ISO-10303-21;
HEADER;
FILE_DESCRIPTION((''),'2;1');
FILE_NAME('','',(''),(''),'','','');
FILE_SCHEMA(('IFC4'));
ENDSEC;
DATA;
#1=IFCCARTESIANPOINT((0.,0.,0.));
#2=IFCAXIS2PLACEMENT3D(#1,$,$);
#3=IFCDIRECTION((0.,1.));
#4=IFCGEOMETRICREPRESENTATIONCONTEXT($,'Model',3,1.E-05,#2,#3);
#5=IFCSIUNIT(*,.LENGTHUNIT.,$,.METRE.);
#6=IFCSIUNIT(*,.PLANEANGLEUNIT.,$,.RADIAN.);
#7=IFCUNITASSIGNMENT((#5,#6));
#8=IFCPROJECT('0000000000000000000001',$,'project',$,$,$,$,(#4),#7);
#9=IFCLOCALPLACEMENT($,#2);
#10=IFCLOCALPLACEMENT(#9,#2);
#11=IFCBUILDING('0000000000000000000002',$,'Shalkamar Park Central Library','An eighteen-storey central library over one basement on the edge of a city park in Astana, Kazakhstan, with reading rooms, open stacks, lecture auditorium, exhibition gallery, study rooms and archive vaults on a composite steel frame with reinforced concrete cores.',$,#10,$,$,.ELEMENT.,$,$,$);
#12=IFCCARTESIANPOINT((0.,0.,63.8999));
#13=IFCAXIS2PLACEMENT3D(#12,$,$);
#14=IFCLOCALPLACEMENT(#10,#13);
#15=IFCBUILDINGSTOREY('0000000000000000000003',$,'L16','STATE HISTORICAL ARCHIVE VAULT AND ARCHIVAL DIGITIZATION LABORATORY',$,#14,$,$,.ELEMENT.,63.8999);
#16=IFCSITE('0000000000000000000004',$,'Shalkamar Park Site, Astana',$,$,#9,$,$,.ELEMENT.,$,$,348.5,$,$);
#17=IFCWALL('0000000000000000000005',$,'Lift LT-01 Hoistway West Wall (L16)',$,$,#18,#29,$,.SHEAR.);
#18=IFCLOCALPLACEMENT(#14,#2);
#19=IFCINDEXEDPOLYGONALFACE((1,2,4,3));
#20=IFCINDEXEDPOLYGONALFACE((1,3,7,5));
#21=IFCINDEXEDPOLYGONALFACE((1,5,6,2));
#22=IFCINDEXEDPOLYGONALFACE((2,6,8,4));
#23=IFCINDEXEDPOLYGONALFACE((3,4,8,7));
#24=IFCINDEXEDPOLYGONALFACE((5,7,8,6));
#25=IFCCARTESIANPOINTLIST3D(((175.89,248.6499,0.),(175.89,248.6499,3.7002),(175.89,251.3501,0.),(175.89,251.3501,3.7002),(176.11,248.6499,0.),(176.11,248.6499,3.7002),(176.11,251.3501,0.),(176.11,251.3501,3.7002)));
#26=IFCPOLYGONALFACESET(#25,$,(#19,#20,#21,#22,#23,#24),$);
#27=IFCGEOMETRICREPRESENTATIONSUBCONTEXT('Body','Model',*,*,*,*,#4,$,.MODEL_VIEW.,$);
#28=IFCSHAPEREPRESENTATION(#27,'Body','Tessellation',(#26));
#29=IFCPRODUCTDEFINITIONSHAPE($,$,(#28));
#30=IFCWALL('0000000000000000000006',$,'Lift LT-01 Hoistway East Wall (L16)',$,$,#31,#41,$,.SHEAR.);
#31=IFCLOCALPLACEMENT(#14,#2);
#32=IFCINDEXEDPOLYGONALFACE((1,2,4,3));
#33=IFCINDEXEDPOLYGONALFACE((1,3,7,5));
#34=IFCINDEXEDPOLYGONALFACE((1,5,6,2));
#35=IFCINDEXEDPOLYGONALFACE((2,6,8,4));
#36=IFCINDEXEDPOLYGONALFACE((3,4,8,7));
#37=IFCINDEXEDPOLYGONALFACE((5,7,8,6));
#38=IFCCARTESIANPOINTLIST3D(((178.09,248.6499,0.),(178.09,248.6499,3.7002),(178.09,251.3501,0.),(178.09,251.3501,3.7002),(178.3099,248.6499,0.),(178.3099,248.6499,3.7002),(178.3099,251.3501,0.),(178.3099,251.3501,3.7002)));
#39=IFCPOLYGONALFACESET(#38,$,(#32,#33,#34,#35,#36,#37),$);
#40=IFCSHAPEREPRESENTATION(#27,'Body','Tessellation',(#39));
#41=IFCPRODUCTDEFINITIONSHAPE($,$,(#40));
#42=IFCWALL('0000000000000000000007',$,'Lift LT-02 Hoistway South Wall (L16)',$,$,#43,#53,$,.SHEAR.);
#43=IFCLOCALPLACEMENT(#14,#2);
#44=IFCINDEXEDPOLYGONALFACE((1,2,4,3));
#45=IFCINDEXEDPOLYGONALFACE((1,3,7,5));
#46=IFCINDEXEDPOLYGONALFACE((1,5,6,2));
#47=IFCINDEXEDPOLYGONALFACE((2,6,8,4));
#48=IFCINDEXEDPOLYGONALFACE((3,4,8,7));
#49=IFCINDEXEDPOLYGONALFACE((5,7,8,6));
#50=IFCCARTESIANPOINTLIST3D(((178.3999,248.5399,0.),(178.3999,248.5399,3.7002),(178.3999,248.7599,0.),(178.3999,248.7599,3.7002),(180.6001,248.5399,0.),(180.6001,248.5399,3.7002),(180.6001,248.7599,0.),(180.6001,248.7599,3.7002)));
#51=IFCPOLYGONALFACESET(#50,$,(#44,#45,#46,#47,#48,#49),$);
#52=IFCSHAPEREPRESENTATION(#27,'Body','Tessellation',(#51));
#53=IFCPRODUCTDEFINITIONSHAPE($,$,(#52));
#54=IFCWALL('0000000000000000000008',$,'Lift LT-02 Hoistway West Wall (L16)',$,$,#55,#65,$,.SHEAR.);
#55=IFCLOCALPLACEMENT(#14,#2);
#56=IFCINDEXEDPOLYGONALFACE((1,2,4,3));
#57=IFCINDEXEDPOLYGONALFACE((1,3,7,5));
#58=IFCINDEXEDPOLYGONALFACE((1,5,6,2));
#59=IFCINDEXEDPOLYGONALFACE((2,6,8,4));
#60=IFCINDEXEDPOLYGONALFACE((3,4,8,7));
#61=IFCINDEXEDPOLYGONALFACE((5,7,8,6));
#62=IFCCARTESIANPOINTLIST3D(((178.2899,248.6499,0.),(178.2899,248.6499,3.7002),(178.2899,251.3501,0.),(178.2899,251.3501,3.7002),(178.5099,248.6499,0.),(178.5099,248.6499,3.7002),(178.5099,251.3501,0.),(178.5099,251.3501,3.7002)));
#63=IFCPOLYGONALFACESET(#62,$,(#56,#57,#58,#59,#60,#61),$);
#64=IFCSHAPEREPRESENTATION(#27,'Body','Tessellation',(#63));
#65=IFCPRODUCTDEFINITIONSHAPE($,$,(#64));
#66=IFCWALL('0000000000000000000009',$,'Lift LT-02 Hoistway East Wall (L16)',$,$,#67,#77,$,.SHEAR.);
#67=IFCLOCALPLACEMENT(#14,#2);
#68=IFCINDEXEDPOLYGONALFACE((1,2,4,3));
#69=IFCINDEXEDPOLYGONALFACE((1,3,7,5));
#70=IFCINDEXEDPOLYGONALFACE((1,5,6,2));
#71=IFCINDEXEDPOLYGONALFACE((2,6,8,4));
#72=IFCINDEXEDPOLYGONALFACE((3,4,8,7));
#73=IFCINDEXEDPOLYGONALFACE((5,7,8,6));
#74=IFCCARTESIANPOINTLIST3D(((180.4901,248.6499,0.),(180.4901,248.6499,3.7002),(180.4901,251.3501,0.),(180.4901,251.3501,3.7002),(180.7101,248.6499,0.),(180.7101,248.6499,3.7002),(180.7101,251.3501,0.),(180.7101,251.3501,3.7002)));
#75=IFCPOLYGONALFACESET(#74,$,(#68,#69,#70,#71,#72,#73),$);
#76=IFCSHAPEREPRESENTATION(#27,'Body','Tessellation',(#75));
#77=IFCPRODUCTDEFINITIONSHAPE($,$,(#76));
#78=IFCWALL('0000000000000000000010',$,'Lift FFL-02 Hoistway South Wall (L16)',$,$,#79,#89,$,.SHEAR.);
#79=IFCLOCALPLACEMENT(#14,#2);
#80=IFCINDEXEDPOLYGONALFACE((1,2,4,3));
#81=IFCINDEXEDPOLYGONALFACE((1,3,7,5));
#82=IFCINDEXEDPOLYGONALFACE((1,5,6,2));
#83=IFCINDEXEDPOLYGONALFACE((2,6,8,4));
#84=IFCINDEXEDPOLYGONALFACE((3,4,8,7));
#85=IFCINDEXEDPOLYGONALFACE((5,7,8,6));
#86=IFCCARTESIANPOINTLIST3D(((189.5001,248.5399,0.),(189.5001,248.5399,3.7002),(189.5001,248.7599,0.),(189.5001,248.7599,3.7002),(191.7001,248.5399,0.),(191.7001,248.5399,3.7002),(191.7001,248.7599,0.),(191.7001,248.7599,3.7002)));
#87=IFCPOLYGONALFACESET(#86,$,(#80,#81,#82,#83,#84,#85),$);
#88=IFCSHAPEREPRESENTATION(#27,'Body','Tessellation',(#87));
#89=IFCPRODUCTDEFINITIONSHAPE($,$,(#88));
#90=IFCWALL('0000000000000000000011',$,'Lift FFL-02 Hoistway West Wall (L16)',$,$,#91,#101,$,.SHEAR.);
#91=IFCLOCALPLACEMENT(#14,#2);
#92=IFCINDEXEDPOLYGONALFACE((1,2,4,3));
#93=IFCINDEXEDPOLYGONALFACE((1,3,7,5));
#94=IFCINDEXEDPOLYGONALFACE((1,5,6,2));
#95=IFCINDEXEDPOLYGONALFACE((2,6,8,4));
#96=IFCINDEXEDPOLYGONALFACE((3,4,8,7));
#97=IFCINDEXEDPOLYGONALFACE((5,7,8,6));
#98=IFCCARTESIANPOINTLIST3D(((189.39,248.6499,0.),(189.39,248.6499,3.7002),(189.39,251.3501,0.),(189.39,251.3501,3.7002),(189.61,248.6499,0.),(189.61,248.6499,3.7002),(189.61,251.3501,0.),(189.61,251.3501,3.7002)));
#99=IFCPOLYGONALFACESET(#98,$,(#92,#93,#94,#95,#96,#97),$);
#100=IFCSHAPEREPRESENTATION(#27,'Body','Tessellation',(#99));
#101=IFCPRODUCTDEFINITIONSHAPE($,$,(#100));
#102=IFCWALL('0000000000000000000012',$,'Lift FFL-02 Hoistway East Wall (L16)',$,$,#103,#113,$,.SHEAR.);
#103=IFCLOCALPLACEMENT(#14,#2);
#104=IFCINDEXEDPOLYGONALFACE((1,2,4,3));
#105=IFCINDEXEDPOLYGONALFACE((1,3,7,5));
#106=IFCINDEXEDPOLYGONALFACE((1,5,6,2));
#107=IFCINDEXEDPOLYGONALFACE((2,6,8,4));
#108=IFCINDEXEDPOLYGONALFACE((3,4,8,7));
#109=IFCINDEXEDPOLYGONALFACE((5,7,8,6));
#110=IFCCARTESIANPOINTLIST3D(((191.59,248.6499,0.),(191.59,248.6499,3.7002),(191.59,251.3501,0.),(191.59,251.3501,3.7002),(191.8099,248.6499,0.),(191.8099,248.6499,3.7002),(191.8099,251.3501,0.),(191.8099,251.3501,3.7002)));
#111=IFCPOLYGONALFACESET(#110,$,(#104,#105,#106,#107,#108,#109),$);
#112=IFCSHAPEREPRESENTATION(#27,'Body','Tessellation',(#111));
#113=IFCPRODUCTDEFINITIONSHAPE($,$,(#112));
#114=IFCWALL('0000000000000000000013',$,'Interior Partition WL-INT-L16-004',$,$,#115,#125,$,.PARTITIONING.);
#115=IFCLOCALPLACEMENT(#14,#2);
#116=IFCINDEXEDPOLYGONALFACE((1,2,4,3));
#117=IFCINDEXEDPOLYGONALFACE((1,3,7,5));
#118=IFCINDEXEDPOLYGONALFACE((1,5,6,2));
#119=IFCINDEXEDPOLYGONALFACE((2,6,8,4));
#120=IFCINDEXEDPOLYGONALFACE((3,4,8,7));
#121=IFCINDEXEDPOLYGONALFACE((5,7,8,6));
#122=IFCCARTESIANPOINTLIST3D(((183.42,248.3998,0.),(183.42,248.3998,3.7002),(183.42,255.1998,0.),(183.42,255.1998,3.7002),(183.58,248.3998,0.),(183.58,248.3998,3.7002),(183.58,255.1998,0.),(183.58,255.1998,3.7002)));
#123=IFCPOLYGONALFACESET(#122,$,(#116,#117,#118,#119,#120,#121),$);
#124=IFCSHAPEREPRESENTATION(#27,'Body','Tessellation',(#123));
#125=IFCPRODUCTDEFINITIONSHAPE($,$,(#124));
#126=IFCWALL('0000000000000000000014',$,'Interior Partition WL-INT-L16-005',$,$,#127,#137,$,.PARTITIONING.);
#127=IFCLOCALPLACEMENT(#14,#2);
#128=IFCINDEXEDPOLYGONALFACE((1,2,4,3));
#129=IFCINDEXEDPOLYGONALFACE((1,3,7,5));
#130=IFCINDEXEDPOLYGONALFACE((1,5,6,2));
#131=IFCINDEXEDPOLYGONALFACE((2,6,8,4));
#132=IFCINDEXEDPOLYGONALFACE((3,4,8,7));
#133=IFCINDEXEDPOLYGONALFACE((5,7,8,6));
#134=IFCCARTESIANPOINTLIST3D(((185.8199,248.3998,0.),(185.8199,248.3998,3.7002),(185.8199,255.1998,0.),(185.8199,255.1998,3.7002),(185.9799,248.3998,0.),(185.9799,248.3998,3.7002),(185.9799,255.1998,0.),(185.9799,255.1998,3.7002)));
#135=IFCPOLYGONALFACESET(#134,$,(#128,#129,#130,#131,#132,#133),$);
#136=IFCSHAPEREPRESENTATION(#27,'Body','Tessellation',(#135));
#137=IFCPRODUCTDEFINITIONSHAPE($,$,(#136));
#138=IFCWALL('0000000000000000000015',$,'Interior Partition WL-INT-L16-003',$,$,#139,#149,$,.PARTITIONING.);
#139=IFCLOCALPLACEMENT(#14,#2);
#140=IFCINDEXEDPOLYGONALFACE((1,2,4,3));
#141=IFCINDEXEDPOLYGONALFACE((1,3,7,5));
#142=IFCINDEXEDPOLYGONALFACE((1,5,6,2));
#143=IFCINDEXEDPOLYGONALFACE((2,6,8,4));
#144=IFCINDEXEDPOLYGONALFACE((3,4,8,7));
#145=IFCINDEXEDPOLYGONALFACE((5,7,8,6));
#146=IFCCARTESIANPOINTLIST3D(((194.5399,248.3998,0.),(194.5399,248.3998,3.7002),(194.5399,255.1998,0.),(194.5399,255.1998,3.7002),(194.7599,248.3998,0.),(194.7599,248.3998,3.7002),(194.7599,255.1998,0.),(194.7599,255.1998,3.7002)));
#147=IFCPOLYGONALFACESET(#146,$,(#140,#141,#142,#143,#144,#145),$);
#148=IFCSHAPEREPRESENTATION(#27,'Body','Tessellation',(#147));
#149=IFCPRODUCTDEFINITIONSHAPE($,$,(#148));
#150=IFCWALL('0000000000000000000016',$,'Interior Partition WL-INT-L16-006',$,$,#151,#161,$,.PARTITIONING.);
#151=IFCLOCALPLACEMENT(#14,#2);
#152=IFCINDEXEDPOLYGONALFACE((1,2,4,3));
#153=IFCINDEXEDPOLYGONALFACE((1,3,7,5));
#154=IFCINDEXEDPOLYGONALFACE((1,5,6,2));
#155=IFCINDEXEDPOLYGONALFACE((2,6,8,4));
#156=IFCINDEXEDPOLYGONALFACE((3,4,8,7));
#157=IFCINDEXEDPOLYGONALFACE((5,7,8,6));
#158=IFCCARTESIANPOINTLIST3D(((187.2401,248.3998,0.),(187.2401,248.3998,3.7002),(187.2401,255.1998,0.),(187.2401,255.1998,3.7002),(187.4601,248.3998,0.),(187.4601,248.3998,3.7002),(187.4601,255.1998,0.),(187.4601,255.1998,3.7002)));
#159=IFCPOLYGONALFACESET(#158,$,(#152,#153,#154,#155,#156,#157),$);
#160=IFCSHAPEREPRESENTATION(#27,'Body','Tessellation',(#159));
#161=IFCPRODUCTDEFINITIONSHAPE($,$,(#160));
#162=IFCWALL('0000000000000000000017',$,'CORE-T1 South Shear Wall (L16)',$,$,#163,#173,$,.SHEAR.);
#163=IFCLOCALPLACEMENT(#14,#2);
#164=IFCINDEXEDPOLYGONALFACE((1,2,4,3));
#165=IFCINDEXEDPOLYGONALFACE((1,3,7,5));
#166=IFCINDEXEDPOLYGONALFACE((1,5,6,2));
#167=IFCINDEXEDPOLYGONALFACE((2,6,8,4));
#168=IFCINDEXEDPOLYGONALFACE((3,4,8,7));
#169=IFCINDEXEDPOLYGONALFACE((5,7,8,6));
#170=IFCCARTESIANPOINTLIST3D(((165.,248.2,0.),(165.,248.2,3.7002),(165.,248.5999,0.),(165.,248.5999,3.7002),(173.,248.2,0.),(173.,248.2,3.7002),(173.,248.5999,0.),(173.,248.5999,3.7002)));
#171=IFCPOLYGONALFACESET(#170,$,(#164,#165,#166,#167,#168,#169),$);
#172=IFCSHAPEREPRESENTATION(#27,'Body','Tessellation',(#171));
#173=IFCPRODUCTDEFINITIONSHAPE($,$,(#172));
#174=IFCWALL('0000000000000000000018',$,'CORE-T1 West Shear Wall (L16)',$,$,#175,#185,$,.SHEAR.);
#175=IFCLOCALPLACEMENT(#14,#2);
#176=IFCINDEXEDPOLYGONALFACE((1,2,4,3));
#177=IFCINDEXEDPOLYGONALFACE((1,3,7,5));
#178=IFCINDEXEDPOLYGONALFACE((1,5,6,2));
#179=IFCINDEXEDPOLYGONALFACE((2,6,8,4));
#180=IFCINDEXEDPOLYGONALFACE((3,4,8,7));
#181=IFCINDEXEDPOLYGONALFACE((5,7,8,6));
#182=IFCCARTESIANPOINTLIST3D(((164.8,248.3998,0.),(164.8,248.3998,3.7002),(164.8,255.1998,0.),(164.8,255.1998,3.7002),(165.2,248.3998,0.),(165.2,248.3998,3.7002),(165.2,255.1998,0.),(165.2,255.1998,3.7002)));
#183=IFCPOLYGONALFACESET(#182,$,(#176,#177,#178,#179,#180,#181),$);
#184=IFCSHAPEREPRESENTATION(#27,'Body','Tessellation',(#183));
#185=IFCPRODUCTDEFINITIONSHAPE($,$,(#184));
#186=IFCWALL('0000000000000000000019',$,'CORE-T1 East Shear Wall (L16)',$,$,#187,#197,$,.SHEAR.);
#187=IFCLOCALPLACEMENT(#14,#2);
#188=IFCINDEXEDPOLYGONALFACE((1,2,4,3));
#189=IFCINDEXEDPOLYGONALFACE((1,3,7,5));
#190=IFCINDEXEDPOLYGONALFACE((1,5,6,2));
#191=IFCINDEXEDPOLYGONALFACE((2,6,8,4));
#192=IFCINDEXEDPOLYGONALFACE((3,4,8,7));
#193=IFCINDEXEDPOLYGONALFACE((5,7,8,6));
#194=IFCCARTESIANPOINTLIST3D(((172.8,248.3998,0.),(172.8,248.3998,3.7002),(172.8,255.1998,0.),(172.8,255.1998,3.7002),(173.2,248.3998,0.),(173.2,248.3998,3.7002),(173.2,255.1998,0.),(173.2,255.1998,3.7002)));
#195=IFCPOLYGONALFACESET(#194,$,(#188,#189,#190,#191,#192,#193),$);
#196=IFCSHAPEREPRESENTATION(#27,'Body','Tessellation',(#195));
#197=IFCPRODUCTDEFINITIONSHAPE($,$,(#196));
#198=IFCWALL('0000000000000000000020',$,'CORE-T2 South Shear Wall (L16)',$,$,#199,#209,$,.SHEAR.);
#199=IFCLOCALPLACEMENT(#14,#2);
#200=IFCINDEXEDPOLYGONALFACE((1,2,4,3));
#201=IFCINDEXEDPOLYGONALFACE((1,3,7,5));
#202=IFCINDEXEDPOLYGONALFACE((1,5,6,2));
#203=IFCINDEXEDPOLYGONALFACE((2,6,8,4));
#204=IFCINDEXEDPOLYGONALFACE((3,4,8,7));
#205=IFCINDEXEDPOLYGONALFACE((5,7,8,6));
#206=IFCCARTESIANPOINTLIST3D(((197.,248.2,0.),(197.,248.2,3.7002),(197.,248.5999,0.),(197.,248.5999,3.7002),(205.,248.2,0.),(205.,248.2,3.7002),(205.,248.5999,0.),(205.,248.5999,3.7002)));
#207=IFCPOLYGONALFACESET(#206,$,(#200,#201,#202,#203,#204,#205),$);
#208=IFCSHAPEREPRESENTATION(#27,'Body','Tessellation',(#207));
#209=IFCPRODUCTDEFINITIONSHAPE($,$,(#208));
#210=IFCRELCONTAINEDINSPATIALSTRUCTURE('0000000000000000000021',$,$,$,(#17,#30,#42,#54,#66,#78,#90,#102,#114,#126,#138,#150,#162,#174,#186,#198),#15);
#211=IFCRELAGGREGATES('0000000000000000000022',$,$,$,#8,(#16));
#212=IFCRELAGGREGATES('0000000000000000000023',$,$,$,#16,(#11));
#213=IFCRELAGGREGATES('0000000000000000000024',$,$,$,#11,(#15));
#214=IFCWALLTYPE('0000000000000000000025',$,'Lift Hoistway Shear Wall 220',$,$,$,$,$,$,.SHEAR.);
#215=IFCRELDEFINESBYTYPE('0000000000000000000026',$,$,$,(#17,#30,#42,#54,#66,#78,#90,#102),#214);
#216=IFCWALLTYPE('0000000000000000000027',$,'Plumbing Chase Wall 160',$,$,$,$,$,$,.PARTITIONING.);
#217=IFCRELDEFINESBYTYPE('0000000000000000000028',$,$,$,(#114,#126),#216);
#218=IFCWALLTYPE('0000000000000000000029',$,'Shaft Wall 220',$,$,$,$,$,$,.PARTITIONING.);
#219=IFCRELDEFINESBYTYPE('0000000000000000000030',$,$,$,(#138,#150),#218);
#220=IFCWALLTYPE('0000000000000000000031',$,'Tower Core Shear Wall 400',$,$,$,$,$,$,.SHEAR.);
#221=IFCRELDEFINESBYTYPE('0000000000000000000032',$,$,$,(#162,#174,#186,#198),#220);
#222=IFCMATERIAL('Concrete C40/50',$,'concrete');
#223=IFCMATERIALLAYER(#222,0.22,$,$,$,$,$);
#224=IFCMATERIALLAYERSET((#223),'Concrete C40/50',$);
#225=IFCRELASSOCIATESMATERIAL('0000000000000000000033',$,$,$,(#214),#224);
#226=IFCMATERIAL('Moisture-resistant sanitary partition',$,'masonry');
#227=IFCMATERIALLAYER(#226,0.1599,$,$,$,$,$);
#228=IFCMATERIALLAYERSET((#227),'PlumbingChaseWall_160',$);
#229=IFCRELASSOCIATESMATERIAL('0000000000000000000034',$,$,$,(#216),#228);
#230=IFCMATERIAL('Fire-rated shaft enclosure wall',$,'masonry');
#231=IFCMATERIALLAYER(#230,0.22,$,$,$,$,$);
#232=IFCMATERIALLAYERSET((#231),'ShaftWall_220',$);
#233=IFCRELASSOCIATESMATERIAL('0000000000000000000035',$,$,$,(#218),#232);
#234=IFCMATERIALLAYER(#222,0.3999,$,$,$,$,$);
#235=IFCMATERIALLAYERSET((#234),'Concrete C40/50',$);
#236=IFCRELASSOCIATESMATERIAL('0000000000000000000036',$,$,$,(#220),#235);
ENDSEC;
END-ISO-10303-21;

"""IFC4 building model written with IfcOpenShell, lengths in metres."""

from ifc_helpers import new_model, si_unit, direction, frame, frame_2d, origin, place, context, subcontext, project, spatial, rectangle, extrude, material, layer, layer_set, type_object, element, save


model = new_model("IFC4")

# Units and contexts
model_context = context("Model", 3, precision=1e-05, world=origin(), true_north=direction((0.0, 1.0)))
body_context = subcontext(model_context, "Body", "Model", "MODEL_VIEW")
ifc_project = project(units=[si_unit("LENGTHUNIT", "METRE"), si_unit("PLANEANGLEUNIT", "RADIAN")], contexts=[model_context])

# Site, building, storey
site_placement = place(None, origin())
site = spatial("IfcSite", under=ifc_project, at=site_placement, Name="Shalkamar Park Site, Astana", CompositionType="ELEMENT", RefElevation=348.5)
building_placement = place(site_placement, origin())
building = spatial("IfcBuilding", under=site, at=building_placement, Name="Shalkamar Park Central Library", Description="An eighteen-storey central library over one basement on the edge of a city park in Astana, Kazakhstan, with reading rooms, open stacks, lecture auditorium, exhibition gallery, study rooms and archive vaults on a composite steel frame with reinforced concrete cores.", CompositionType="ELEMENT")
storey_placement = place(building_placement, frame((0.0, 0.0, 63.8999)))
storey = spatial("IfcBuildingStorey", under=building, at=storey_placement, Name="L16", Description="STATE HISTORICAL ARCHIVE VAULT AND ARCHIVAL DIGITIZATION LABORATORY", CompositionType="ELEMENT", Elevation=63.8999)

# Walls
ifc_material_1 = material(Name="Concrete C40/50", Category="concrete")
ifc_layer_1 = layer(ifc_material_1, 0.22)
ifc_layer_set_1 = layer_set([ifc_layer_1], Name="Concrete C40/50")
wall_type_1 = type_object("IfcWallType", Name="Lift Hoistway Shear Wall 220", PredefinedType="SHEAR", material=ifc_layer_set_1)
for number, where, z_axis, x_axis, name in (
    (1, (176.0, 248.6499, 0.0), (0.0, 0.0, 1.0), (0.0, 1.0, 0.0), "Lift LT-01 Hoistway West Wall (L16)"),
    (2, (178.2, 248.6499, 0.0), (0.0, 0.0, 1.0), (0.0, 1.0, 0.0), "Lift LT-01 Hoistway East Wall (L16)"),
):
    element("IfcWall", number, at=place(storey_placement, frame(where, z_axis=z_axis, x_axis=x_axis)), inside=storey, type_object=wall_type_1, Name=name, PredefinedType="SHEAR", context=body_context, shape_type="SweptSolid", body=[
        extrude(rectangle(XDim=2.7002, YDim=0.22, at=frame_2d((1.3501, 0.0))), origin(), (0.0, 0.0, 1.0), 3.7002),
    ])
wall_1_placement = place(storey_placement, frame((178.3999, 248.6499, 0.0), z_axis=(0.0, 0.0, 1.0), x_axis=(1.0, 0.0, 0.0)))
element("IfcWall", 3, at=wall_1_placement, inside=storey, type_object=wall_type_1, Name="Lift LT-02 Hoistway South Wall (L16)", PredefinedType="SHEAR", context=body_context, shape_type="SweptSolid", body=[
    extrude(rectangle(XDim=2.2002, YDim=0.22, at=frame_2d((1.1001, 0.0))), origin(), (0.0, 0.0, 1.0), 3.7002),
])
for number, where, z_axis, x_axis, name in (
    (4, (178.3999, 248.6499, 0.0), (0.0, 0.0, 1.0), (0.0, 1.0, 0.0), "Lift LT-02 Hoistway West Wall (L16)"),
    (5, (180.6001, 248.6499, 0.0), (0.0, 0.0, 1.0), (0.0, 1.0, 0.0), "Lift LT-02 Hoistway East Wall (L16)"),
):
    element("IfcWall", number, at=place(storey_placement, frame(where, z_axis=z_axis, x_axis=x_axis)), inside=storey, type_object=wall_type_1, Name=name, PredefinedType="SHEAR", context=body_context, shape_type="SweptSolid", body=[
        extrude(rectangle(XDim=2.7002, YDim=0.22, at=frame_2d((1.3501, 0.0))), origin(), (0.0, 0.0, 1.0), 3.7002),
    ])
wall_2_placement = place(storey_placement, frame((189.5, 248.6499, 0.0), z_axis=(0.0, 0.0, 1.0), x_axis=(1.0, 0.0, 0.0)))
element("IfcWall", 6, at=wall_2_placement, inside=storey, type_object=wall_type_1, Name="Lift FFL-02 Hoistway South Wall (L16)", PredefinedType="SHEAR", context=body_context, shape_type="SweptSolid", body=[
    extrude(rectangle(XDim=2.2, YDim=0.22, at=frame_2d((1.1001, 0.0))), origin(), (0.0, 0.0, 1.0), 3.7002),
])
for number, where, z_axis, x_axis, name in (
    (7, (189.5, 248.6499, 0.0), (0.0, 0.0, 1.0), (0.0, 1.0, 0.0), "Lift FFL-02 Hoistway West Wall (L16)"),
    (8, (191.7, 248.6499, 0.0), (0.0, 0.0, 1.0), (0.0, 1.0, 0.0), "Lift FFL-02 Hoistway East Wall (L16)"),
):
    element("IfcWall", number, at=place(storey_placement, frame(where, z_axis=z_axis, x_axis=x_axis)), inside=storey, type_object=wall_type_1, Name=name, PredefinedType="SHEAR", context=body_context, shape_type="SweptSolid", body=[
        extrude(rectangle(XDim=2.7002, YDim=0.22, at=frame_2d((1.3501, 0.0))), origin(), (0.0, 0.0, 1.0), 3.7002),
    ])
ifc_material_2 = material(Name="Moisture-resistant sanitary partition", Category="masonry")
ifc_layer_2 = layer(ifc_material_2, 0.1599)
ifc_layer_set_2 = layer_set([ifc_layer_2], Name="PlumbingChaseWall_160")
wall_type_2 = type_object("IfcWallType", Name="Plumbing Chase Wall 160", PredefinedType="PARTITIONING", material=ifc_layer_set_2)
for number, where, z_axis, x_axis, name in (
    (9, (183.5, 248.3999, 0.0), (0.0, 0.0, 1.0), (0.0, 1.0, 0.0), "Interior Partition WL-INT-L16-004"),
    (10, (185.8999, 248.3999, 0.0), (0.0, 0.0, 1.0), (0.0, 1.0, 0.0), "Interior Partition WL-INT-L16-005"),
):
    element("IfcWall", number, at=place(storey_placement, frame(where, z_axis=z_axis, x_axis=x_axis)), inside=storey, type_object=wall_type_2, Name=name, PredefinedType="PARTITIONING", context=body_context, shape_type="SweptSolid", body=[
        extrude(rectangle(XDim=6.8, YDim=0.1599, at=frame_2d((3.3999, 0.0))), origin(), (0.0, 0.0, 1.0), 3.7002),
    ])
ifc_material_3 = material(Name="Fire-rated shaft enclosure wall", Category="masonry")
ifc_layer_3 = layer(ifc_material_3, 0.22)
ifc_layer_set_3 = layer_set([ifc_layer_3], Name="ShaftWall_220")
wall_type_3 = type_object("IfcWallType", Name="Shaft Wall 220", PredefinedType="PARTITIONING", material=ifc_layer_set_3)
for number, where, z_axis, x_axis, name in (
    (11, (194.6499, 248.3999, 0.0), (0.0, 0.0, 1.0), (0.0, 1.0, 0.0), "Interior Partition WL-INT-L16-003"),
    (12, (187.3501, 248.3999, 0.0), (0.0, 0.0, 1.0), (0.0, 1.0, 0.0), "Interior Partition WL-INT-L16-006"),
):
    element("IfcWall", number, at=place(storey_placement, frame(where, z_axis=z_axis, x_axis=x_axis)), inside=storey, type_object=wall_type_3, Name=name, PredefinedType="PARTITIONING", context=body_context, shape_type="SweptSolid", body=[
        extrude(rectangle(XDim=6.8, YDim=0.22, at=frame_2d((3.3999, 0.0))), origin(), (0.0, 0.0, 1.0), 3.7002),
    ])
ifc_layer_4 = layer(ifc_material_1, 0.3999)
ifc_layer_set_4 = layer_set([ifc_layer_4], Name="Concrete C40/50")
wall_type_4 = type_object("IfcWallType", Name="Tower Core Shear Wall 400", PredefinedType="SHEAR", material=ifc_layer_set_4)
wall_3_placement = place(storey_placement, frame((165.0, 248.3999, 0.0), z_axis=(0.0, 0.0, 1.0), x_axis=(1.0, 0.0, 0.0)))
element("IfcWall", 13, at=wall_3_placement, inside=storey, type_object=wall_type_4, Name="CORE-T1 South Shear Wall (L16)", PredefinedType="SHEAR", context=body_context, shape_type="SweptSolid", body=[
    extrude(rectangle(XDim=8.0, YDim=0.3999, at=frame_2d((4.0, 0.0))), origin(), (0.0, 0.0, 1.0), 3.7002),
])
for number, where, z_axis, x_axis, name in (
    (14, (165.0, 248.3999, 0.0), (0.0, 0.0, 1.0), (0.0, 1.0, 0.0), "CORE-T1 West Shear Wall (L16)"),
    (15, (173.0, 248.3999, 0.0), (0.0, 0.0, 1.0), (0.0, 1.0, 0.0), "CORE-T1 East Shear Wall (L16)"),
):
    element("IfcWall", number, at=place(storey_placement, frame(where, z_axis=z_axis, x_axis=x_axis)), inside=storey, type_object=wall_type_4, Name=name, PredefinedType="SHEAR", context=body_context, shape_type="SweptSolid", body=[
        extrude(rectangle(XDim=6.8, YDim=0.3999, at=frame_2d((3.3999, 0.0))), origin(), (0.0, 0.0, 1.0), 3.7002),
    ])
wall_4_placement = place(storey_placement, frame((197.0, 248.3999, 0.0), z_axis=(0.0, 0.0, 1.0), x_axis=(1.0, 0.0, 0.0)))
element("IfcWall", 16, at=wall_4_placement, inside=storey, type_object=wall_type_4, Name="CORE-T2 South Shear Wall (L16)", PredefinedType="SHEAR", context=body_context, shape_type="SweptSolid", body=[
    extrude(rectangle(XDim=8.0, YDim=0.3999, at=frame_2d((4.0, 0.0))), origin(), (0.0, 0.0, 1.0), 3.7002),
])

save(model, "model.ifc")
